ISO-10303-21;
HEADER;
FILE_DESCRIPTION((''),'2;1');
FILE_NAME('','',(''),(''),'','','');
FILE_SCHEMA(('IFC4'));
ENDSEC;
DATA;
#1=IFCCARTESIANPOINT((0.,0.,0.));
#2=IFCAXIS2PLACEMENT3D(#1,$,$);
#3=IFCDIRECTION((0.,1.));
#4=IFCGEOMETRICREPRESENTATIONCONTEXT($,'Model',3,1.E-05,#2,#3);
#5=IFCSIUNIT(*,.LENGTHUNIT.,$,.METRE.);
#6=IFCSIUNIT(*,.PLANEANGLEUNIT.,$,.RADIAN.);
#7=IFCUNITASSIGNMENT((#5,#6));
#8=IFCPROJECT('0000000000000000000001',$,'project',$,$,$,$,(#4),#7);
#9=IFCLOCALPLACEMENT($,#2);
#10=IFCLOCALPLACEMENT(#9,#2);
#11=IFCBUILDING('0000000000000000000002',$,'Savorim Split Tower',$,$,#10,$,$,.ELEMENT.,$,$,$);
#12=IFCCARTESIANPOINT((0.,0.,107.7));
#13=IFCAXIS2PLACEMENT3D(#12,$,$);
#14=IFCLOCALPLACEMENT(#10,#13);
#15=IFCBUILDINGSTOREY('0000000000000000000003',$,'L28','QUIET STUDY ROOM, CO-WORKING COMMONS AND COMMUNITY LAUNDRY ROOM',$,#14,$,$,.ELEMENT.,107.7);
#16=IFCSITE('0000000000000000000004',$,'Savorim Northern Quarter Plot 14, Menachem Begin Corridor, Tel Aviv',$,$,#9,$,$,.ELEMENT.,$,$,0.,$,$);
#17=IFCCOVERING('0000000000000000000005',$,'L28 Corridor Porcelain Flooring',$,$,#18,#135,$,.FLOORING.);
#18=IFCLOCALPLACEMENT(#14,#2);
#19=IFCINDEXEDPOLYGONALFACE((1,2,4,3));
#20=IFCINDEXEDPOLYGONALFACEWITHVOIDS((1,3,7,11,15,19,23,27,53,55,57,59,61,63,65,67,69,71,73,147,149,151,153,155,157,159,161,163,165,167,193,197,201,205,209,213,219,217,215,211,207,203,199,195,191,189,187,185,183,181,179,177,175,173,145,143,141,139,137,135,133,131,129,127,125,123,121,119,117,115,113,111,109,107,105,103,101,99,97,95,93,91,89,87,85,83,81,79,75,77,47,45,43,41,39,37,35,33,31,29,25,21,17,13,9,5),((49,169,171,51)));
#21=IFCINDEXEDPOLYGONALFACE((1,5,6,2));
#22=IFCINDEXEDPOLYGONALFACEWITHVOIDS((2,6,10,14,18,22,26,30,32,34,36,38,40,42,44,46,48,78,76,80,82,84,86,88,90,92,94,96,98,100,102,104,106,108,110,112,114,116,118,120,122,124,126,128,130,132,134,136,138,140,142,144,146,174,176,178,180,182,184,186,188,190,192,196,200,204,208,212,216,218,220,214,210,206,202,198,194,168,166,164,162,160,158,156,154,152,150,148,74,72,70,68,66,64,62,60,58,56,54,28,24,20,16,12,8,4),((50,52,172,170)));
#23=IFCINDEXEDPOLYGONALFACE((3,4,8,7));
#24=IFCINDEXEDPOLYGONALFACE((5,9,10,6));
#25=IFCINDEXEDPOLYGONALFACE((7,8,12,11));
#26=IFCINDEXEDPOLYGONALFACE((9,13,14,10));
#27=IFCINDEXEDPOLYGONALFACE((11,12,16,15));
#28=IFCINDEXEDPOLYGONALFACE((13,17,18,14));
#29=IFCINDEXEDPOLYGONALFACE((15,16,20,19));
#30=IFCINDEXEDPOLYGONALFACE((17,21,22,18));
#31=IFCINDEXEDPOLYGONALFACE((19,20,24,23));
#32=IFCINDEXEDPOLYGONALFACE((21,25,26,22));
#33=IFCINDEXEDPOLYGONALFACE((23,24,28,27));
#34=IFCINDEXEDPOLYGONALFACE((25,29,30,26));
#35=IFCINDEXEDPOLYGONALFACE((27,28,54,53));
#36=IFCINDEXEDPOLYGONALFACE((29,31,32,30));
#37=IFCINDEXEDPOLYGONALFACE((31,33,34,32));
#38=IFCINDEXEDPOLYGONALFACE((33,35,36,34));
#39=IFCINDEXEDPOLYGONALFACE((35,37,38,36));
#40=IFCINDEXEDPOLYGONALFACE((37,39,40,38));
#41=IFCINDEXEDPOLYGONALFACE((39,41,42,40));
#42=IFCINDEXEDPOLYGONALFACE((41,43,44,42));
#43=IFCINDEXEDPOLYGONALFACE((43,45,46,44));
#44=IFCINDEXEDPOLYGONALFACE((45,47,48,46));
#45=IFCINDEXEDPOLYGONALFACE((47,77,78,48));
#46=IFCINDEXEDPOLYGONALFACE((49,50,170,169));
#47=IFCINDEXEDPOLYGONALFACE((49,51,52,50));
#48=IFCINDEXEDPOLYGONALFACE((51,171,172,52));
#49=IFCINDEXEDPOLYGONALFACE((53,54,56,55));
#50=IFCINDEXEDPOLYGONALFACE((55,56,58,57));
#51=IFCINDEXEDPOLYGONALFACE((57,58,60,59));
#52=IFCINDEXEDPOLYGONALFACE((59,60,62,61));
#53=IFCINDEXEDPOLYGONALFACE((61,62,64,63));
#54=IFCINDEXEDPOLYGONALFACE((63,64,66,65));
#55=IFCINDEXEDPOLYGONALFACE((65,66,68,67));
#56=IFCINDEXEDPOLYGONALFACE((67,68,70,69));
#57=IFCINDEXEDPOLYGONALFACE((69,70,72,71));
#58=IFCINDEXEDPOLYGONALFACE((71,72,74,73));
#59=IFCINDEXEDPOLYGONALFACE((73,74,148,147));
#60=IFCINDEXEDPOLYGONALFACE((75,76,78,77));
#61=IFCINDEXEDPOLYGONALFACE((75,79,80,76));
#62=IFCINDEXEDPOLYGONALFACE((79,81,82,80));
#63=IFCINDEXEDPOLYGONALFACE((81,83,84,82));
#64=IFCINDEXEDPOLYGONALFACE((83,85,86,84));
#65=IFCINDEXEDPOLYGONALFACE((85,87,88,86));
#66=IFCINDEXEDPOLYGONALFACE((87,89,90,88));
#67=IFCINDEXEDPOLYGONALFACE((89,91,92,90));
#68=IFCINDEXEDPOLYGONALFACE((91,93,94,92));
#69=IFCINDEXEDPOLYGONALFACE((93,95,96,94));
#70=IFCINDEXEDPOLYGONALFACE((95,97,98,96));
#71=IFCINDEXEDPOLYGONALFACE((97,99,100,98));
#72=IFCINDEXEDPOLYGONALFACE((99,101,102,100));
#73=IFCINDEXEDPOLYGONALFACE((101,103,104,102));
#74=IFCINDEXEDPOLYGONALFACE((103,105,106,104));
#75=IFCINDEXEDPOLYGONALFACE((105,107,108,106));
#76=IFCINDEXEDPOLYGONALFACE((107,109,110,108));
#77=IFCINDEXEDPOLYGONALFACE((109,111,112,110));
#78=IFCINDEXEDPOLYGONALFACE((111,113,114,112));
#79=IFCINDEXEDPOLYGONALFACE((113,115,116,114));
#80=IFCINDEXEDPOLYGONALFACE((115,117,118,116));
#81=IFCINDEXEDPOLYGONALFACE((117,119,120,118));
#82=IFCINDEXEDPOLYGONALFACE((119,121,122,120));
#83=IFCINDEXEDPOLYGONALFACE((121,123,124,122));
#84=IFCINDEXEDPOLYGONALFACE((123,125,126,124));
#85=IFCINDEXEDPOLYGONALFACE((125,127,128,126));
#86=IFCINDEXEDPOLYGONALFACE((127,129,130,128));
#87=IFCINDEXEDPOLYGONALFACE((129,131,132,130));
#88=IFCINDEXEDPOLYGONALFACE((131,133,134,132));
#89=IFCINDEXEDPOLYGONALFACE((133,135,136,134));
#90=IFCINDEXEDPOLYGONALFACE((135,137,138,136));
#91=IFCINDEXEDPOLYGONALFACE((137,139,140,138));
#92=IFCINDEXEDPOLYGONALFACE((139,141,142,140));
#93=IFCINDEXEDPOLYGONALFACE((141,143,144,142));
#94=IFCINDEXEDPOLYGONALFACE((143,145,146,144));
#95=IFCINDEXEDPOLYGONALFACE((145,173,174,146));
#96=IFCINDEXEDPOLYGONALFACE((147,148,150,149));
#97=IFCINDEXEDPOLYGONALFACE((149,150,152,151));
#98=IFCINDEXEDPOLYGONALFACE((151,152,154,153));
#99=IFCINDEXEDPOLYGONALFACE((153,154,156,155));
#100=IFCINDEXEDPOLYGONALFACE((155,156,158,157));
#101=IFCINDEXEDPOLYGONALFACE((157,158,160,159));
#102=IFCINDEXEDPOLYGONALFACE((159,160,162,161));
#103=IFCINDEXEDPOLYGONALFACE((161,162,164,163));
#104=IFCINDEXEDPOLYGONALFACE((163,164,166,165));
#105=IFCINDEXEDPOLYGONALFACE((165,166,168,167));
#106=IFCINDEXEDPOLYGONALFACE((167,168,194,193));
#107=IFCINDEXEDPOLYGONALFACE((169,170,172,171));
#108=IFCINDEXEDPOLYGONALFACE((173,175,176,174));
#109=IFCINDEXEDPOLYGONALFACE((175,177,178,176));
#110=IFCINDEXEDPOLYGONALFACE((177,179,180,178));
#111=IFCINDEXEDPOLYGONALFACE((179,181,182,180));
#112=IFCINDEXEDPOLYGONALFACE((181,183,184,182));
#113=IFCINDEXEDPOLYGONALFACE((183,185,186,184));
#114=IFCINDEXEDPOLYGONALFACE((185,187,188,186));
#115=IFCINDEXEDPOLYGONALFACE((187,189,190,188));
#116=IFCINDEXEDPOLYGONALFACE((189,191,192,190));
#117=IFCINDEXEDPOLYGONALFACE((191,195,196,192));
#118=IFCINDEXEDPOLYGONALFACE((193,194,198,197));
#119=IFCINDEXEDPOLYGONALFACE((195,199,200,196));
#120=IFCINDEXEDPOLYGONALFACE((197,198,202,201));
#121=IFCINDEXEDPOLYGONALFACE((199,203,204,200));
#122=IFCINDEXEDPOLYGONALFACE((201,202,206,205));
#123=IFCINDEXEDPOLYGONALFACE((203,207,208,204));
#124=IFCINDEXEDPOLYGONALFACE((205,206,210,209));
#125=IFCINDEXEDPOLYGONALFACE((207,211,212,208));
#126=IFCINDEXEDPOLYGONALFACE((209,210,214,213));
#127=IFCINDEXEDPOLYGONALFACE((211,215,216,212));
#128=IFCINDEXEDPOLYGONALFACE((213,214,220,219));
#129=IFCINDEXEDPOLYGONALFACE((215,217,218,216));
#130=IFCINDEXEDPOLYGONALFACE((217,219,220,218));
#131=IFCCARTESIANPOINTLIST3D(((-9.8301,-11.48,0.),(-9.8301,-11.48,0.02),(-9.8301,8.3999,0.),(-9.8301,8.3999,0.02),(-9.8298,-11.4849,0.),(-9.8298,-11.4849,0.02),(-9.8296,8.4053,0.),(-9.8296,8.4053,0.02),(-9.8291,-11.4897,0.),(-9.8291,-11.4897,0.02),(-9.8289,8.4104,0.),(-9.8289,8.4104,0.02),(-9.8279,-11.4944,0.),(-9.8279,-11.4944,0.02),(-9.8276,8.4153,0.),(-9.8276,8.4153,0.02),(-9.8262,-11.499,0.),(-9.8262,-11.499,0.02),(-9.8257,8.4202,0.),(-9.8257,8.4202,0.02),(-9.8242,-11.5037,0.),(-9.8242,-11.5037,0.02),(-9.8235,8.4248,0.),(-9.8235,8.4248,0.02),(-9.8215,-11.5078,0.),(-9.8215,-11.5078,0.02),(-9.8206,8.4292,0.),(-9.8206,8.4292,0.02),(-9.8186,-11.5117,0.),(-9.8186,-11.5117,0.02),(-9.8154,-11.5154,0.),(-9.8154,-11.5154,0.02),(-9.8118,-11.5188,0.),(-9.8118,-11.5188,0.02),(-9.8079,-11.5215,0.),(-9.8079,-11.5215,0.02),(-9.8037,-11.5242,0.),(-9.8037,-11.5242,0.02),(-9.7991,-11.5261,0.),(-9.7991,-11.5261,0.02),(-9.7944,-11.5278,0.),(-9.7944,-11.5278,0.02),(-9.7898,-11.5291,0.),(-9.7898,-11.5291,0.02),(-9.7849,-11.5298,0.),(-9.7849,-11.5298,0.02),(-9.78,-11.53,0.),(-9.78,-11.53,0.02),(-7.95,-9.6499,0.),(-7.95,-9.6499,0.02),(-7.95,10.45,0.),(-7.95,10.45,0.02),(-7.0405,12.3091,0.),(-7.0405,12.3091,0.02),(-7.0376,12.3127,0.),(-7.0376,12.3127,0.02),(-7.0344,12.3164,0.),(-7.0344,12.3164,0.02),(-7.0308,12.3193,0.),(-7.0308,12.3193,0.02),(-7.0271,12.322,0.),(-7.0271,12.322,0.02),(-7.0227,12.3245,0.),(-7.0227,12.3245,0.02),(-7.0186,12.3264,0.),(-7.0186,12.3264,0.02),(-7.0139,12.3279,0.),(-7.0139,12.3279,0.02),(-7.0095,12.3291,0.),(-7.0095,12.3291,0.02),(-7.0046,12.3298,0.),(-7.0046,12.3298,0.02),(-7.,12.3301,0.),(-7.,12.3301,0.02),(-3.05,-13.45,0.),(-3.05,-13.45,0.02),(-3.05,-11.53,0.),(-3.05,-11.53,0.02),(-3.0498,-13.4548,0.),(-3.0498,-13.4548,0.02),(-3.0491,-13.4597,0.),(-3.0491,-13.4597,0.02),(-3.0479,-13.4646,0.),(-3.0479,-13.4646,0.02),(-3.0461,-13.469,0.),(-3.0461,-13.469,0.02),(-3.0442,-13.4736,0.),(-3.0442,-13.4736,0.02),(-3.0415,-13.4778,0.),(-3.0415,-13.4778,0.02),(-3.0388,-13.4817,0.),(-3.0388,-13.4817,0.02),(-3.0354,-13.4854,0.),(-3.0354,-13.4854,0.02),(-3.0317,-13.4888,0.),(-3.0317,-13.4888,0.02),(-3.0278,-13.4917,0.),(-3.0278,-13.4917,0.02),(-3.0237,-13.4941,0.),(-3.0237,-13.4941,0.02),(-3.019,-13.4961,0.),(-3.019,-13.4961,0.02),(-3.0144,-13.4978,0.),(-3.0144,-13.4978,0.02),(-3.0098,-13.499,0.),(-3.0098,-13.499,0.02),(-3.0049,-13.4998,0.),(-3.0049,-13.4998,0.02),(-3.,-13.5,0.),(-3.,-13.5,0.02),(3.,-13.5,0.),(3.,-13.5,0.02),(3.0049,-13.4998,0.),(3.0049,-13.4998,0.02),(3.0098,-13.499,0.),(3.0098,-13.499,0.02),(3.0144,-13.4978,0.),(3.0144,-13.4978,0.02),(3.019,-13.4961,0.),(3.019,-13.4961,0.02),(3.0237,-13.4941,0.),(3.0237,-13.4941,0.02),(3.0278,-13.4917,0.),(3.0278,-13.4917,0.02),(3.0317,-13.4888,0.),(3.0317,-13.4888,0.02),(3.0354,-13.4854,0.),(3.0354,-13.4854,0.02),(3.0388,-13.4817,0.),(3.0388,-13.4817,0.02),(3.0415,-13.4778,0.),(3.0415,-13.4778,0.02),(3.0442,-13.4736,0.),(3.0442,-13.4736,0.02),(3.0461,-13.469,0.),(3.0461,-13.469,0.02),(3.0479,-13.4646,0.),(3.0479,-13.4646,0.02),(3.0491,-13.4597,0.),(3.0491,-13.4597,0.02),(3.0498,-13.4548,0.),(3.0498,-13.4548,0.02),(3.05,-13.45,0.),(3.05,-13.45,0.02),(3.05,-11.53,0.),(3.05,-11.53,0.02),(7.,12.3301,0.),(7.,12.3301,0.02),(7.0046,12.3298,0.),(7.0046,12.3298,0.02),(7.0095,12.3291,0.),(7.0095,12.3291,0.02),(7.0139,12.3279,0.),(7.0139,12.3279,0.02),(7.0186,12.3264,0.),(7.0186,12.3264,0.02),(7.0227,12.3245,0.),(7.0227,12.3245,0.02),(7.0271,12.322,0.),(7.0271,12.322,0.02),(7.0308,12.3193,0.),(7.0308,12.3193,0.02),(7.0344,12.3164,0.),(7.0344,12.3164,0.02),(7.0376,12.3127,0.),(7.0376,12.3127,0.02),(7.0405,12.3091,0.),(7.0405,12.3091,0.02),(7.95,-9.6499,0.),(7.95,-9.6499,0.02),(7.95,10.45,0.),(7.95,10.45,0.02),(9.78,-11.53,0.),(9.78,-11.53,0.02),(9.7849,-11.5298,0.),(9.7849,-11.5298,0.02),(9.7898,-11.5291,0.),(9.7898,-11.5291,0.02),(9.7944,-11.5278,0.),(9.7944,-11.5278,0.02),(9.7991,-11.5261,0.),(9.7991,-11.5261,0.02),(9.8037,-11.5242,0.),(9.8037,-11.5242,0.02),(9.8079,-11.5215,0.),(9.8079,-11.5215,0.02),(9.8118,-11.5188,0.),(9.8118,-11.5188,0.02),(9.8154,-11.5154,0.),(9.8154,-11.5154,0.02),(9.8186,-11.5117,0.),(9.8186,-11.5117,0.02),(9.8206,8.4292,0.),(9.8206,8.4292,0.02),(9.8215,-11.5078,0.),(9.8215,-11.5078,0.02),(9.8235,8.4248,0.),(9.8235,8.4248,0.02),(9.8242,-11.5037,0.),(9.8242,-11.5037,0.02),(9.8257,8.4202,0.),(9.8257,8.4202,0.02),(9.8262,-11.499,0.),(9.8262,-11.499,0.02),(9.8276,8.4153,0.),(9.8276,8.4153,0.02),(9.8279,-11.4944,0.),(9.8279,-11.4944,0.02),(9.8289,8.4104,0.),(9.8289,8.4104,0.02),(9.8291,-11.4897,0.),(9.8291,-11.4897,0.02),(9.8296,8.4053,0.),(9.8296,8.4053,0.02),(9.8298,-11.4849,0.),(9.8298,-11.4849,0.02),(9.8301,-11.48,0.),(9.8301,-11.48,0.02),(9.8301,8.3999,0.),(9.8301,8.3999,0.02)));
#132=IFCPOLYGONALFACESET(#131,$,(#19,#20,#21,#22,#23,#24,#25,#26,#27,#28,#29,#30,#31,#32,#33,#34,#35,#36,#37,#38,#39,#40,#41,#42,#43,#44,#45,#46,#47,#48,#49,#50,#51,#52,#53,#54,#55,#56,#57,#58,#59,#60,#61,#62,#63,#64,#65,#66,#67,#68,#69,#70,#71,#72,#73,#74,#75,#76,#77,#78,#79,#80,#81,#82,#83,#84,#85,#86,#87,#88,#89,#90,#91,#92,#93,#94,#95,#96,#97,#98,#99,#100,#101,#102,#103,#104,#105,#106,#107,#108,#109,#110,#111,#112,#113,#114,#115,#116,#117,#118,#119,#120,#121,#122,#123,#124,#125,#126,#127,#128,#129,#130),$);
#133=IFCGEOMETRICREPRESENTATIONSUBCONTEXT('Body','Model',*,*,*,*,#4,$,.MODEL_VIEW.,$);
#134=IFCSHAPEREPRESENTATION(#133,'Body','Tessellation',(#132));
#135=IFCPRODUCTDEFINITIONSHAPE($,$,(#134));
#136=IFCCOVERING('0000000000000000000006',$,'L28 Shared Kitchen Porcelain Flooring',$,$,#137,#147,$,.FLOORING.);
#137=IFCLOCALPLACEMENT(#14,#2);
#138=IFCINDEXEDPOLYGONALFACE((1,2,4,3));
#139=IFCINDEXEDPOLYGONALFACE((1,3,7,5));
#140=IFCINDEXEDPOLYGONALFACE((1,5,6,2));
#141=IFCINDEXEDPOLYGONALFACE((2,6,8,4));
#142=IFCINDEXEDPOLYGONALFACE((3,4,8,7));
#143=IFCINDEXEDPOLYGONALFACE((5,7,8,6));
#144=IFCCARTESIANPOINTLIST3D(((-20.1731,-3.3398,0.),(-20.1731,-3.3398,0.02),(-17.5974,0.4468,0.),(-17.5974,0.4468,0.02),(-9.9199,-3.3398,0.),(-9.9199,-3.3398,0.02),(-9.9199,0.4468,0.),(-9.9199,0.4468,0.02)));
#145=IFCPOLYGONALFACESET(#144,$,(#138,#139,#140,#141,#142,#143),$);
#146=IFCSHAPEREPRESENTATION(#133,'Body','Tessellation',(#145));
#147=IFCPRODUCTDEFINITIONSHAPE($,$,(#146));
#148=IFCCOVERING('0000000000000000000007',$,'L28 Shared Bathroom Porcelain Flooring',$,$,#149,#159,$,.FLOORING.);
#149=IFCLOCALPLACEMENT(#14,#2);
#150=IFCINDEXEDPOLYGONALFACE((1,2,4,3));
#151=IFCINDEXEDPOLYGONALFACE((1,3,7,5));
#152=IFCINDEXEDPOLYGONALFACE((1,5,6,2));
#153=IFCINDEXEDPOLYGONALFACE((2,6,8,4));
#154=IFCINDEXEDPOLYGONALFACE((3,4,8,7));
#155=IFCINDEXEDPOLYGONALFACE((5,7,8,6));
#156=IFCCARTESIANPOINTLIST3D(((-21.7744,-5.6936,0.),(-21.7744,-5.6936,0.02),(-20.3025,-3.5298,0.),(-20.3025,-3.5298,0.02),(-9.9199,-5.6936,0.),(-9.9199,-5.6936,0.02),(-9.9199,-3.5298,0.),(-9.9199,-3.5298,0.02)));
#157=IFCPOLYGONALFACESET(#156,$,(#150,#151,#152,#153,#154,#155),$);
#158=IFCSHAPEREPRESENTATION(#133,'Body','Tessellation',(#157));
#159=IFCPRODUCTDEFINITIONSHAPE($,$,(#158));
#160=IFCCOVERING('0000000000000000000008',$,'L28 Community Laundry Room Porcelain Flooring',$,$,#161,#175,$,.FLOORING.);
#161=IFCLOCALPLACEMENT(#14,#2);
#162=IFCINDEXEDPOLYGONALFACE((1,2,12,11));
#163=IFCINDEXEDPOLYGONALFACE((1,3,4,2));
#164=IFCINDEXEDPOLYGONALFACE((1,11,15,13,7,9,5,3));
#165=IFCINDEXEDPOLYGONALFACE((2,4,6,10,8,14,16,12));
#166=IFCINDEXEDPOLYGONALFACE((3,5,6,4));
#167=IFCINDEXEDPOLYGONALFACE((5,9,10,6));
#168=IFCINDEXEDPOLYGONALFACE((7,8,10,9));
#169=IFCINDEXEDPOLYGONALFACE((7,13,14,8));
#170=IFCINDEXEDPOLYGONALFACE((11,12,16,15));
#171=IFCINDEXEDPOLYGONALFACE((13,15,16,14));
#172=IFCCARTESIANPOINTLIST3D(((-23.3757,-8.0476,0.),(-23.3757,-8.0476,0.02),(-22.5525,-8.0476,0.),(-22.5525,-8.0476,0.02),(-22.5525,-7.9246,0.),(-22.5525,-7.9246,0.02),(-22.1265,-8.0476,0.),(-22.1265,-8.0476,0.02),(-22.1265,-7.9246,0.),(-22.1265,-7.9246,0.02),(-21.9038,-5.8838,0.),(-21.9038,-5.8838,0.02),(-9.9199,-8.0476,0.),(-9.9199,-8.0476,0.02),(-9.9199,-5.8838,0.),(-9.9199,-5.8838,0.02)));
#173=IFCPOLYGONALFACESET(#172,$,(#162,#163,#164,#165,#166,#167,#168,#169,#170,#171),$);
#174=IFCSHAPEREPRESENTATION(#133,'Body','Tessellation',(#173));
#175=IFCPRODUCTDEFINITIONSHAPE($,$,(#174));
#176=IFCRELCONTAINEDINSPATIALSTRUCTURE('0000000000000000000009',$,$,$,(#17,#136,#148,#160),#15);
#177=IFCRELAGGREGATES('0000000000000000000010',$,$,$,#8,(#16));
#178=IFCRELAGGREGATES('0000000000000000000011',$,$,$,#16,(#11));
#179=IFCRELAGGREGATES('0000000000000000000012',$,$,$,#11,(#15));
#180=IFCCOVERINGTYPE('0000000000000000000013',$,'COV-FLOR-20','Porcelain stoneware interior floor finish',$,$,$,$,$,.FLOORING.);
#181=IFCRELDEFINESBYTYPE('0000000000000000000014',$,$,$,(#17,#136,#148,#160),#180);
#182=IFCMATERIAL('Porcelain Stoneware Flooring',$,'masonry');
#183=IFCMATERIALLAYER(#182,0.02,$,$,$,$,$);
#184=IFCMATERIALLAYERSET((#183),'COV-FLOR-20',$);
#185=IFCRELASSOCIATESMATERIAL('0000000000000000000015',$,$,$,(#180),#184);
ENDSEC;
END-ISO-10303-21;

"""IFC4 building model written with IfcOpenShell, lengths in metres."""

from ifc_helpers import new_model, si_unit, direction, frame, origin, place, context, subcontext, project, spatial, polyline, outline, extrude, material, layer, layer_set, type_object, element, save


model = new_model("IFC4")

# Units and contexts
model_context = context("Model", 3, precision=1e-05, world=origin(), true_north=direction((0.0, 1.0)))
body_context = subcontext(model_context, "Body", "Model", "MODEL_VIEW")
ifc_project = project(units=[si_unit("LENGTHUNIT", "METRE"), si_unit("PLANEANGLEUNIT", "RADIAN")], contexts=[model_context])

# Site, building, storey
site_placement = place(None, origin())
site = spatial("IfcSite", under=ifc_project, at=site_placement, Name="Savorim Northern Quarter Plot 14, Menachem Begin Corridor, Tel Aviv", CompositionType="ELEMENT", RefElevation=0.0)
building_placement = place(site_placement, origin())
building = spatial("IfcBuilding", under=site, at=building_placement, Name="Savorim Split Tower", CompositionType="ELEMENT")
storey_placement = place(building_placement, frame((0.0, 0.0, 107.7)))
storey = spatial("IfcBuildingStorey", under=building, at=storey_placement, Name="L28", Description="QUIET STUDY ROOM, CO-WORKING COMMONS AND COMMUNITY LAUNDRY ROOM", CompositionType="ELEMENT", Elevation=107.7)

# Coverings
ifc_material_1 = material(Name="Porcelain Stoneware Flooring", Category="masonry")
ifc_layer_1 = layer(ifc_material_1, 0.02)
ifc_layer_set_1 = layer_set([ifc_layer_1], Name="COV-FLOR-20")
covering_type_1 = type_object("IfcCoveringType", Name="COV-FLOR-20", Description="Porcelain stoneware interior floor finish", PredefinedType="FLOORING", material=ifc_layer_set_1)
covering_1_placement = place(storey_placement, origin())
element("IfcCovering", 1, at=covering_1_placement, inside=storey, type_object=covering_type_1, Name="L28 Corridor Porcelain Flooring", PredefinedType="FLOORING", context=body_context, shape_type="SweptSolid", body=[
    extrude(outline(polyline([(7.0095, 12.3291), (7.0046, 12.3298), (7.0, 12.3301), (-7.0, 12.3301), (-7.0046, 12.3298), (-7.0095, 12.3291), (-7.0139, 12.3279), (-7.0186, 12.3264), (-7.0227, 12.3245), (-7.0271, 12.322), (-7.0308, 12.3193), (-7.0344, 12.3164), (-7.0376, 12.3127), (-7.0405, 12.3091), (-9.8206, 8.4292), (-9.8235, 8.4248), (-9.8257, 8.4202), (-9.8276, 8.4153), (-9.8289, 8.4104), (-9.8296, 8.4053), (-9.8301, 8.3999), (-9.8301, -11.48), (-9.8298, -11.4849), (-9.8291, -11.4897), (-9.8279, -11.4944), (-9.8262, -11.499), (-9.8242, -11.5037), (-9.8215, -11.5078), (-9.8186, -11.5117), (-9.8154, -11.5154), (-9.8118, -11.5188), (-9.8079, -11.5215), (-9.8037, -11.5242), (-9.7991, -11.5261), (-9.7944, -11.5278), (-9.7898, -11.5291), (-9.7849, -11.5298), (-9.78, -11.53), (-3.05, -11.53), (-3.05, -13.45), (-3.0498, -13.4548), (-3.0491, -13.4597), (-3.0479, -13.4646), (-3.0461, -13.469), (-3.0442, -13.4736), (-3.0415, -13.4778), (-3.0388, -13.4817), (-3.0354, -13.4854), (-3.0317, -13.4888), (-3.0278, -13.4917), (-3.0237, -13.4941), (-3.019, -13.4961), (-3.0144, -13.4978), (-3.0098, -13.499), (-3.0049, -13.4998), (-3.0, -13.5), (3.0, -13.5), (3.0049, -13.4998), (3.0098, -13.499), (3.0144, -13.4978), (3.019, -13.4961), (3.0237, -13.4941), (3.0278, -13.4917), (3.0317, -13.4888), (3.0354, -13.4854), (3.0388, -13.4817), (3.0415, -13.4778), (3.0442, -13.4736), (3.0461, -13.469), (3.0479, -13.4646), (3.0491, -13.4597), (3.0498, -13.4548), (3.05, -13.45), (3.05, -11.53), (9.78, -11.53), (9.7849, -11.5298), (9.7898, -11.5291), (9.7944, -11.5278), (9.7991, -11.5261), (9.8037, -11.5242), (9.8079, -11.5215), (9.8118, -11.5188), (9.8154, -11.5154), (9.8186, -11.5117), (9.8215, -11.5078), (9.8242, -11.5037), (9.8262, -11.499), (9.8279, -11.4944), (9.8291, -11.4897), (9.8298, -11.4849), (9.8301, -11.48), (9.8301, 8.3999), (9.8296, 8.4053), (9.8289, 8.4104), (9.8276, 8.4153), (9.8257, 8.4202), (9.8235, 8.4248), (9.8206, 8.4292), (7.0405, 12.3091), (7.0376, 12.3127), (7.0344, 12.3164), (7.0308, 12.3193), (7.0271, 12.322), (7.0227, 12.3245), (7.0186, 12.3264), (7.0139, 12.3279), (7.0095, 12.3291)]), holes=[polyline([(-7.95, 10.45), (-7.95, -9.6499), (7.95, -9.6499), (7.95, 10.45), (-7.95, 10.45)])]), origin(), (0.0, 0.0, 1.0), 0.02),
])
covering_2_placement = place(storey_placement, origin())
element("IfcCovering", 2, at=covering_2_placement, inside=storey, type_object=covering_type_1, Name="L28 Shared Kitchen Porcelain Flooring", PredefinedType="FLOORING", context=body_context, shape_type="SweptSolid", body=[
    extrude(outline(polyline([(-17.5974, 0.4468), (-20.1731, -3.3398), (-9.9199, -3.3398), (-9.9199, 0.4468), (-17.5974, 0.4468)])), origin(), (0.0, 0.0, 1.0), 0.02),
])
covering_3_placement = place(storey_placement, origin())
element("IfcCovering", 3, at=covering_3_placement, inside=storey, type_object=covering_type_1, Name="L28 Shared Bathroom Porcelain Flooring", PredefinedType="FLOORING", context=body_context, shape_type="SweptSolid", body=[
    extrude(outline(polyline([(-20.3025, -3.5298), (-21.7744, -5.6936), (-9.9199, -5.6936), (-9.9199, -3.5298), (-20.3025, -3.5298)])), origin(), (0.0, 0.0, 1.0), 0.02),
])
covering_4_placement = place(storey_placement, origin())
element("IfcCovering", 4, at=covering_4_placement, inside=storey, type_object=covering_type_1, Name="L28 Community Laundry Room Porcelain Flooring", PredefinedType="FLOORING", context=body_context, shape_type="SweptSolid", body=[
    extrude(outline(polyline([(-22.1265, -7.9246), (-22.1265, -8.0476), (-9.9199, -8.0476), (-9.9199, -5.8838), (-21.9038, -5.8838), (-23.3757, -8.0476), (-22.5525, -8.0476), (-22.5525, -7.9246), (-22.1265, -7.9246)])), origin(), (0.0, 0.0, 1.0), 0.02),
])

save(model, "model.ifc")
